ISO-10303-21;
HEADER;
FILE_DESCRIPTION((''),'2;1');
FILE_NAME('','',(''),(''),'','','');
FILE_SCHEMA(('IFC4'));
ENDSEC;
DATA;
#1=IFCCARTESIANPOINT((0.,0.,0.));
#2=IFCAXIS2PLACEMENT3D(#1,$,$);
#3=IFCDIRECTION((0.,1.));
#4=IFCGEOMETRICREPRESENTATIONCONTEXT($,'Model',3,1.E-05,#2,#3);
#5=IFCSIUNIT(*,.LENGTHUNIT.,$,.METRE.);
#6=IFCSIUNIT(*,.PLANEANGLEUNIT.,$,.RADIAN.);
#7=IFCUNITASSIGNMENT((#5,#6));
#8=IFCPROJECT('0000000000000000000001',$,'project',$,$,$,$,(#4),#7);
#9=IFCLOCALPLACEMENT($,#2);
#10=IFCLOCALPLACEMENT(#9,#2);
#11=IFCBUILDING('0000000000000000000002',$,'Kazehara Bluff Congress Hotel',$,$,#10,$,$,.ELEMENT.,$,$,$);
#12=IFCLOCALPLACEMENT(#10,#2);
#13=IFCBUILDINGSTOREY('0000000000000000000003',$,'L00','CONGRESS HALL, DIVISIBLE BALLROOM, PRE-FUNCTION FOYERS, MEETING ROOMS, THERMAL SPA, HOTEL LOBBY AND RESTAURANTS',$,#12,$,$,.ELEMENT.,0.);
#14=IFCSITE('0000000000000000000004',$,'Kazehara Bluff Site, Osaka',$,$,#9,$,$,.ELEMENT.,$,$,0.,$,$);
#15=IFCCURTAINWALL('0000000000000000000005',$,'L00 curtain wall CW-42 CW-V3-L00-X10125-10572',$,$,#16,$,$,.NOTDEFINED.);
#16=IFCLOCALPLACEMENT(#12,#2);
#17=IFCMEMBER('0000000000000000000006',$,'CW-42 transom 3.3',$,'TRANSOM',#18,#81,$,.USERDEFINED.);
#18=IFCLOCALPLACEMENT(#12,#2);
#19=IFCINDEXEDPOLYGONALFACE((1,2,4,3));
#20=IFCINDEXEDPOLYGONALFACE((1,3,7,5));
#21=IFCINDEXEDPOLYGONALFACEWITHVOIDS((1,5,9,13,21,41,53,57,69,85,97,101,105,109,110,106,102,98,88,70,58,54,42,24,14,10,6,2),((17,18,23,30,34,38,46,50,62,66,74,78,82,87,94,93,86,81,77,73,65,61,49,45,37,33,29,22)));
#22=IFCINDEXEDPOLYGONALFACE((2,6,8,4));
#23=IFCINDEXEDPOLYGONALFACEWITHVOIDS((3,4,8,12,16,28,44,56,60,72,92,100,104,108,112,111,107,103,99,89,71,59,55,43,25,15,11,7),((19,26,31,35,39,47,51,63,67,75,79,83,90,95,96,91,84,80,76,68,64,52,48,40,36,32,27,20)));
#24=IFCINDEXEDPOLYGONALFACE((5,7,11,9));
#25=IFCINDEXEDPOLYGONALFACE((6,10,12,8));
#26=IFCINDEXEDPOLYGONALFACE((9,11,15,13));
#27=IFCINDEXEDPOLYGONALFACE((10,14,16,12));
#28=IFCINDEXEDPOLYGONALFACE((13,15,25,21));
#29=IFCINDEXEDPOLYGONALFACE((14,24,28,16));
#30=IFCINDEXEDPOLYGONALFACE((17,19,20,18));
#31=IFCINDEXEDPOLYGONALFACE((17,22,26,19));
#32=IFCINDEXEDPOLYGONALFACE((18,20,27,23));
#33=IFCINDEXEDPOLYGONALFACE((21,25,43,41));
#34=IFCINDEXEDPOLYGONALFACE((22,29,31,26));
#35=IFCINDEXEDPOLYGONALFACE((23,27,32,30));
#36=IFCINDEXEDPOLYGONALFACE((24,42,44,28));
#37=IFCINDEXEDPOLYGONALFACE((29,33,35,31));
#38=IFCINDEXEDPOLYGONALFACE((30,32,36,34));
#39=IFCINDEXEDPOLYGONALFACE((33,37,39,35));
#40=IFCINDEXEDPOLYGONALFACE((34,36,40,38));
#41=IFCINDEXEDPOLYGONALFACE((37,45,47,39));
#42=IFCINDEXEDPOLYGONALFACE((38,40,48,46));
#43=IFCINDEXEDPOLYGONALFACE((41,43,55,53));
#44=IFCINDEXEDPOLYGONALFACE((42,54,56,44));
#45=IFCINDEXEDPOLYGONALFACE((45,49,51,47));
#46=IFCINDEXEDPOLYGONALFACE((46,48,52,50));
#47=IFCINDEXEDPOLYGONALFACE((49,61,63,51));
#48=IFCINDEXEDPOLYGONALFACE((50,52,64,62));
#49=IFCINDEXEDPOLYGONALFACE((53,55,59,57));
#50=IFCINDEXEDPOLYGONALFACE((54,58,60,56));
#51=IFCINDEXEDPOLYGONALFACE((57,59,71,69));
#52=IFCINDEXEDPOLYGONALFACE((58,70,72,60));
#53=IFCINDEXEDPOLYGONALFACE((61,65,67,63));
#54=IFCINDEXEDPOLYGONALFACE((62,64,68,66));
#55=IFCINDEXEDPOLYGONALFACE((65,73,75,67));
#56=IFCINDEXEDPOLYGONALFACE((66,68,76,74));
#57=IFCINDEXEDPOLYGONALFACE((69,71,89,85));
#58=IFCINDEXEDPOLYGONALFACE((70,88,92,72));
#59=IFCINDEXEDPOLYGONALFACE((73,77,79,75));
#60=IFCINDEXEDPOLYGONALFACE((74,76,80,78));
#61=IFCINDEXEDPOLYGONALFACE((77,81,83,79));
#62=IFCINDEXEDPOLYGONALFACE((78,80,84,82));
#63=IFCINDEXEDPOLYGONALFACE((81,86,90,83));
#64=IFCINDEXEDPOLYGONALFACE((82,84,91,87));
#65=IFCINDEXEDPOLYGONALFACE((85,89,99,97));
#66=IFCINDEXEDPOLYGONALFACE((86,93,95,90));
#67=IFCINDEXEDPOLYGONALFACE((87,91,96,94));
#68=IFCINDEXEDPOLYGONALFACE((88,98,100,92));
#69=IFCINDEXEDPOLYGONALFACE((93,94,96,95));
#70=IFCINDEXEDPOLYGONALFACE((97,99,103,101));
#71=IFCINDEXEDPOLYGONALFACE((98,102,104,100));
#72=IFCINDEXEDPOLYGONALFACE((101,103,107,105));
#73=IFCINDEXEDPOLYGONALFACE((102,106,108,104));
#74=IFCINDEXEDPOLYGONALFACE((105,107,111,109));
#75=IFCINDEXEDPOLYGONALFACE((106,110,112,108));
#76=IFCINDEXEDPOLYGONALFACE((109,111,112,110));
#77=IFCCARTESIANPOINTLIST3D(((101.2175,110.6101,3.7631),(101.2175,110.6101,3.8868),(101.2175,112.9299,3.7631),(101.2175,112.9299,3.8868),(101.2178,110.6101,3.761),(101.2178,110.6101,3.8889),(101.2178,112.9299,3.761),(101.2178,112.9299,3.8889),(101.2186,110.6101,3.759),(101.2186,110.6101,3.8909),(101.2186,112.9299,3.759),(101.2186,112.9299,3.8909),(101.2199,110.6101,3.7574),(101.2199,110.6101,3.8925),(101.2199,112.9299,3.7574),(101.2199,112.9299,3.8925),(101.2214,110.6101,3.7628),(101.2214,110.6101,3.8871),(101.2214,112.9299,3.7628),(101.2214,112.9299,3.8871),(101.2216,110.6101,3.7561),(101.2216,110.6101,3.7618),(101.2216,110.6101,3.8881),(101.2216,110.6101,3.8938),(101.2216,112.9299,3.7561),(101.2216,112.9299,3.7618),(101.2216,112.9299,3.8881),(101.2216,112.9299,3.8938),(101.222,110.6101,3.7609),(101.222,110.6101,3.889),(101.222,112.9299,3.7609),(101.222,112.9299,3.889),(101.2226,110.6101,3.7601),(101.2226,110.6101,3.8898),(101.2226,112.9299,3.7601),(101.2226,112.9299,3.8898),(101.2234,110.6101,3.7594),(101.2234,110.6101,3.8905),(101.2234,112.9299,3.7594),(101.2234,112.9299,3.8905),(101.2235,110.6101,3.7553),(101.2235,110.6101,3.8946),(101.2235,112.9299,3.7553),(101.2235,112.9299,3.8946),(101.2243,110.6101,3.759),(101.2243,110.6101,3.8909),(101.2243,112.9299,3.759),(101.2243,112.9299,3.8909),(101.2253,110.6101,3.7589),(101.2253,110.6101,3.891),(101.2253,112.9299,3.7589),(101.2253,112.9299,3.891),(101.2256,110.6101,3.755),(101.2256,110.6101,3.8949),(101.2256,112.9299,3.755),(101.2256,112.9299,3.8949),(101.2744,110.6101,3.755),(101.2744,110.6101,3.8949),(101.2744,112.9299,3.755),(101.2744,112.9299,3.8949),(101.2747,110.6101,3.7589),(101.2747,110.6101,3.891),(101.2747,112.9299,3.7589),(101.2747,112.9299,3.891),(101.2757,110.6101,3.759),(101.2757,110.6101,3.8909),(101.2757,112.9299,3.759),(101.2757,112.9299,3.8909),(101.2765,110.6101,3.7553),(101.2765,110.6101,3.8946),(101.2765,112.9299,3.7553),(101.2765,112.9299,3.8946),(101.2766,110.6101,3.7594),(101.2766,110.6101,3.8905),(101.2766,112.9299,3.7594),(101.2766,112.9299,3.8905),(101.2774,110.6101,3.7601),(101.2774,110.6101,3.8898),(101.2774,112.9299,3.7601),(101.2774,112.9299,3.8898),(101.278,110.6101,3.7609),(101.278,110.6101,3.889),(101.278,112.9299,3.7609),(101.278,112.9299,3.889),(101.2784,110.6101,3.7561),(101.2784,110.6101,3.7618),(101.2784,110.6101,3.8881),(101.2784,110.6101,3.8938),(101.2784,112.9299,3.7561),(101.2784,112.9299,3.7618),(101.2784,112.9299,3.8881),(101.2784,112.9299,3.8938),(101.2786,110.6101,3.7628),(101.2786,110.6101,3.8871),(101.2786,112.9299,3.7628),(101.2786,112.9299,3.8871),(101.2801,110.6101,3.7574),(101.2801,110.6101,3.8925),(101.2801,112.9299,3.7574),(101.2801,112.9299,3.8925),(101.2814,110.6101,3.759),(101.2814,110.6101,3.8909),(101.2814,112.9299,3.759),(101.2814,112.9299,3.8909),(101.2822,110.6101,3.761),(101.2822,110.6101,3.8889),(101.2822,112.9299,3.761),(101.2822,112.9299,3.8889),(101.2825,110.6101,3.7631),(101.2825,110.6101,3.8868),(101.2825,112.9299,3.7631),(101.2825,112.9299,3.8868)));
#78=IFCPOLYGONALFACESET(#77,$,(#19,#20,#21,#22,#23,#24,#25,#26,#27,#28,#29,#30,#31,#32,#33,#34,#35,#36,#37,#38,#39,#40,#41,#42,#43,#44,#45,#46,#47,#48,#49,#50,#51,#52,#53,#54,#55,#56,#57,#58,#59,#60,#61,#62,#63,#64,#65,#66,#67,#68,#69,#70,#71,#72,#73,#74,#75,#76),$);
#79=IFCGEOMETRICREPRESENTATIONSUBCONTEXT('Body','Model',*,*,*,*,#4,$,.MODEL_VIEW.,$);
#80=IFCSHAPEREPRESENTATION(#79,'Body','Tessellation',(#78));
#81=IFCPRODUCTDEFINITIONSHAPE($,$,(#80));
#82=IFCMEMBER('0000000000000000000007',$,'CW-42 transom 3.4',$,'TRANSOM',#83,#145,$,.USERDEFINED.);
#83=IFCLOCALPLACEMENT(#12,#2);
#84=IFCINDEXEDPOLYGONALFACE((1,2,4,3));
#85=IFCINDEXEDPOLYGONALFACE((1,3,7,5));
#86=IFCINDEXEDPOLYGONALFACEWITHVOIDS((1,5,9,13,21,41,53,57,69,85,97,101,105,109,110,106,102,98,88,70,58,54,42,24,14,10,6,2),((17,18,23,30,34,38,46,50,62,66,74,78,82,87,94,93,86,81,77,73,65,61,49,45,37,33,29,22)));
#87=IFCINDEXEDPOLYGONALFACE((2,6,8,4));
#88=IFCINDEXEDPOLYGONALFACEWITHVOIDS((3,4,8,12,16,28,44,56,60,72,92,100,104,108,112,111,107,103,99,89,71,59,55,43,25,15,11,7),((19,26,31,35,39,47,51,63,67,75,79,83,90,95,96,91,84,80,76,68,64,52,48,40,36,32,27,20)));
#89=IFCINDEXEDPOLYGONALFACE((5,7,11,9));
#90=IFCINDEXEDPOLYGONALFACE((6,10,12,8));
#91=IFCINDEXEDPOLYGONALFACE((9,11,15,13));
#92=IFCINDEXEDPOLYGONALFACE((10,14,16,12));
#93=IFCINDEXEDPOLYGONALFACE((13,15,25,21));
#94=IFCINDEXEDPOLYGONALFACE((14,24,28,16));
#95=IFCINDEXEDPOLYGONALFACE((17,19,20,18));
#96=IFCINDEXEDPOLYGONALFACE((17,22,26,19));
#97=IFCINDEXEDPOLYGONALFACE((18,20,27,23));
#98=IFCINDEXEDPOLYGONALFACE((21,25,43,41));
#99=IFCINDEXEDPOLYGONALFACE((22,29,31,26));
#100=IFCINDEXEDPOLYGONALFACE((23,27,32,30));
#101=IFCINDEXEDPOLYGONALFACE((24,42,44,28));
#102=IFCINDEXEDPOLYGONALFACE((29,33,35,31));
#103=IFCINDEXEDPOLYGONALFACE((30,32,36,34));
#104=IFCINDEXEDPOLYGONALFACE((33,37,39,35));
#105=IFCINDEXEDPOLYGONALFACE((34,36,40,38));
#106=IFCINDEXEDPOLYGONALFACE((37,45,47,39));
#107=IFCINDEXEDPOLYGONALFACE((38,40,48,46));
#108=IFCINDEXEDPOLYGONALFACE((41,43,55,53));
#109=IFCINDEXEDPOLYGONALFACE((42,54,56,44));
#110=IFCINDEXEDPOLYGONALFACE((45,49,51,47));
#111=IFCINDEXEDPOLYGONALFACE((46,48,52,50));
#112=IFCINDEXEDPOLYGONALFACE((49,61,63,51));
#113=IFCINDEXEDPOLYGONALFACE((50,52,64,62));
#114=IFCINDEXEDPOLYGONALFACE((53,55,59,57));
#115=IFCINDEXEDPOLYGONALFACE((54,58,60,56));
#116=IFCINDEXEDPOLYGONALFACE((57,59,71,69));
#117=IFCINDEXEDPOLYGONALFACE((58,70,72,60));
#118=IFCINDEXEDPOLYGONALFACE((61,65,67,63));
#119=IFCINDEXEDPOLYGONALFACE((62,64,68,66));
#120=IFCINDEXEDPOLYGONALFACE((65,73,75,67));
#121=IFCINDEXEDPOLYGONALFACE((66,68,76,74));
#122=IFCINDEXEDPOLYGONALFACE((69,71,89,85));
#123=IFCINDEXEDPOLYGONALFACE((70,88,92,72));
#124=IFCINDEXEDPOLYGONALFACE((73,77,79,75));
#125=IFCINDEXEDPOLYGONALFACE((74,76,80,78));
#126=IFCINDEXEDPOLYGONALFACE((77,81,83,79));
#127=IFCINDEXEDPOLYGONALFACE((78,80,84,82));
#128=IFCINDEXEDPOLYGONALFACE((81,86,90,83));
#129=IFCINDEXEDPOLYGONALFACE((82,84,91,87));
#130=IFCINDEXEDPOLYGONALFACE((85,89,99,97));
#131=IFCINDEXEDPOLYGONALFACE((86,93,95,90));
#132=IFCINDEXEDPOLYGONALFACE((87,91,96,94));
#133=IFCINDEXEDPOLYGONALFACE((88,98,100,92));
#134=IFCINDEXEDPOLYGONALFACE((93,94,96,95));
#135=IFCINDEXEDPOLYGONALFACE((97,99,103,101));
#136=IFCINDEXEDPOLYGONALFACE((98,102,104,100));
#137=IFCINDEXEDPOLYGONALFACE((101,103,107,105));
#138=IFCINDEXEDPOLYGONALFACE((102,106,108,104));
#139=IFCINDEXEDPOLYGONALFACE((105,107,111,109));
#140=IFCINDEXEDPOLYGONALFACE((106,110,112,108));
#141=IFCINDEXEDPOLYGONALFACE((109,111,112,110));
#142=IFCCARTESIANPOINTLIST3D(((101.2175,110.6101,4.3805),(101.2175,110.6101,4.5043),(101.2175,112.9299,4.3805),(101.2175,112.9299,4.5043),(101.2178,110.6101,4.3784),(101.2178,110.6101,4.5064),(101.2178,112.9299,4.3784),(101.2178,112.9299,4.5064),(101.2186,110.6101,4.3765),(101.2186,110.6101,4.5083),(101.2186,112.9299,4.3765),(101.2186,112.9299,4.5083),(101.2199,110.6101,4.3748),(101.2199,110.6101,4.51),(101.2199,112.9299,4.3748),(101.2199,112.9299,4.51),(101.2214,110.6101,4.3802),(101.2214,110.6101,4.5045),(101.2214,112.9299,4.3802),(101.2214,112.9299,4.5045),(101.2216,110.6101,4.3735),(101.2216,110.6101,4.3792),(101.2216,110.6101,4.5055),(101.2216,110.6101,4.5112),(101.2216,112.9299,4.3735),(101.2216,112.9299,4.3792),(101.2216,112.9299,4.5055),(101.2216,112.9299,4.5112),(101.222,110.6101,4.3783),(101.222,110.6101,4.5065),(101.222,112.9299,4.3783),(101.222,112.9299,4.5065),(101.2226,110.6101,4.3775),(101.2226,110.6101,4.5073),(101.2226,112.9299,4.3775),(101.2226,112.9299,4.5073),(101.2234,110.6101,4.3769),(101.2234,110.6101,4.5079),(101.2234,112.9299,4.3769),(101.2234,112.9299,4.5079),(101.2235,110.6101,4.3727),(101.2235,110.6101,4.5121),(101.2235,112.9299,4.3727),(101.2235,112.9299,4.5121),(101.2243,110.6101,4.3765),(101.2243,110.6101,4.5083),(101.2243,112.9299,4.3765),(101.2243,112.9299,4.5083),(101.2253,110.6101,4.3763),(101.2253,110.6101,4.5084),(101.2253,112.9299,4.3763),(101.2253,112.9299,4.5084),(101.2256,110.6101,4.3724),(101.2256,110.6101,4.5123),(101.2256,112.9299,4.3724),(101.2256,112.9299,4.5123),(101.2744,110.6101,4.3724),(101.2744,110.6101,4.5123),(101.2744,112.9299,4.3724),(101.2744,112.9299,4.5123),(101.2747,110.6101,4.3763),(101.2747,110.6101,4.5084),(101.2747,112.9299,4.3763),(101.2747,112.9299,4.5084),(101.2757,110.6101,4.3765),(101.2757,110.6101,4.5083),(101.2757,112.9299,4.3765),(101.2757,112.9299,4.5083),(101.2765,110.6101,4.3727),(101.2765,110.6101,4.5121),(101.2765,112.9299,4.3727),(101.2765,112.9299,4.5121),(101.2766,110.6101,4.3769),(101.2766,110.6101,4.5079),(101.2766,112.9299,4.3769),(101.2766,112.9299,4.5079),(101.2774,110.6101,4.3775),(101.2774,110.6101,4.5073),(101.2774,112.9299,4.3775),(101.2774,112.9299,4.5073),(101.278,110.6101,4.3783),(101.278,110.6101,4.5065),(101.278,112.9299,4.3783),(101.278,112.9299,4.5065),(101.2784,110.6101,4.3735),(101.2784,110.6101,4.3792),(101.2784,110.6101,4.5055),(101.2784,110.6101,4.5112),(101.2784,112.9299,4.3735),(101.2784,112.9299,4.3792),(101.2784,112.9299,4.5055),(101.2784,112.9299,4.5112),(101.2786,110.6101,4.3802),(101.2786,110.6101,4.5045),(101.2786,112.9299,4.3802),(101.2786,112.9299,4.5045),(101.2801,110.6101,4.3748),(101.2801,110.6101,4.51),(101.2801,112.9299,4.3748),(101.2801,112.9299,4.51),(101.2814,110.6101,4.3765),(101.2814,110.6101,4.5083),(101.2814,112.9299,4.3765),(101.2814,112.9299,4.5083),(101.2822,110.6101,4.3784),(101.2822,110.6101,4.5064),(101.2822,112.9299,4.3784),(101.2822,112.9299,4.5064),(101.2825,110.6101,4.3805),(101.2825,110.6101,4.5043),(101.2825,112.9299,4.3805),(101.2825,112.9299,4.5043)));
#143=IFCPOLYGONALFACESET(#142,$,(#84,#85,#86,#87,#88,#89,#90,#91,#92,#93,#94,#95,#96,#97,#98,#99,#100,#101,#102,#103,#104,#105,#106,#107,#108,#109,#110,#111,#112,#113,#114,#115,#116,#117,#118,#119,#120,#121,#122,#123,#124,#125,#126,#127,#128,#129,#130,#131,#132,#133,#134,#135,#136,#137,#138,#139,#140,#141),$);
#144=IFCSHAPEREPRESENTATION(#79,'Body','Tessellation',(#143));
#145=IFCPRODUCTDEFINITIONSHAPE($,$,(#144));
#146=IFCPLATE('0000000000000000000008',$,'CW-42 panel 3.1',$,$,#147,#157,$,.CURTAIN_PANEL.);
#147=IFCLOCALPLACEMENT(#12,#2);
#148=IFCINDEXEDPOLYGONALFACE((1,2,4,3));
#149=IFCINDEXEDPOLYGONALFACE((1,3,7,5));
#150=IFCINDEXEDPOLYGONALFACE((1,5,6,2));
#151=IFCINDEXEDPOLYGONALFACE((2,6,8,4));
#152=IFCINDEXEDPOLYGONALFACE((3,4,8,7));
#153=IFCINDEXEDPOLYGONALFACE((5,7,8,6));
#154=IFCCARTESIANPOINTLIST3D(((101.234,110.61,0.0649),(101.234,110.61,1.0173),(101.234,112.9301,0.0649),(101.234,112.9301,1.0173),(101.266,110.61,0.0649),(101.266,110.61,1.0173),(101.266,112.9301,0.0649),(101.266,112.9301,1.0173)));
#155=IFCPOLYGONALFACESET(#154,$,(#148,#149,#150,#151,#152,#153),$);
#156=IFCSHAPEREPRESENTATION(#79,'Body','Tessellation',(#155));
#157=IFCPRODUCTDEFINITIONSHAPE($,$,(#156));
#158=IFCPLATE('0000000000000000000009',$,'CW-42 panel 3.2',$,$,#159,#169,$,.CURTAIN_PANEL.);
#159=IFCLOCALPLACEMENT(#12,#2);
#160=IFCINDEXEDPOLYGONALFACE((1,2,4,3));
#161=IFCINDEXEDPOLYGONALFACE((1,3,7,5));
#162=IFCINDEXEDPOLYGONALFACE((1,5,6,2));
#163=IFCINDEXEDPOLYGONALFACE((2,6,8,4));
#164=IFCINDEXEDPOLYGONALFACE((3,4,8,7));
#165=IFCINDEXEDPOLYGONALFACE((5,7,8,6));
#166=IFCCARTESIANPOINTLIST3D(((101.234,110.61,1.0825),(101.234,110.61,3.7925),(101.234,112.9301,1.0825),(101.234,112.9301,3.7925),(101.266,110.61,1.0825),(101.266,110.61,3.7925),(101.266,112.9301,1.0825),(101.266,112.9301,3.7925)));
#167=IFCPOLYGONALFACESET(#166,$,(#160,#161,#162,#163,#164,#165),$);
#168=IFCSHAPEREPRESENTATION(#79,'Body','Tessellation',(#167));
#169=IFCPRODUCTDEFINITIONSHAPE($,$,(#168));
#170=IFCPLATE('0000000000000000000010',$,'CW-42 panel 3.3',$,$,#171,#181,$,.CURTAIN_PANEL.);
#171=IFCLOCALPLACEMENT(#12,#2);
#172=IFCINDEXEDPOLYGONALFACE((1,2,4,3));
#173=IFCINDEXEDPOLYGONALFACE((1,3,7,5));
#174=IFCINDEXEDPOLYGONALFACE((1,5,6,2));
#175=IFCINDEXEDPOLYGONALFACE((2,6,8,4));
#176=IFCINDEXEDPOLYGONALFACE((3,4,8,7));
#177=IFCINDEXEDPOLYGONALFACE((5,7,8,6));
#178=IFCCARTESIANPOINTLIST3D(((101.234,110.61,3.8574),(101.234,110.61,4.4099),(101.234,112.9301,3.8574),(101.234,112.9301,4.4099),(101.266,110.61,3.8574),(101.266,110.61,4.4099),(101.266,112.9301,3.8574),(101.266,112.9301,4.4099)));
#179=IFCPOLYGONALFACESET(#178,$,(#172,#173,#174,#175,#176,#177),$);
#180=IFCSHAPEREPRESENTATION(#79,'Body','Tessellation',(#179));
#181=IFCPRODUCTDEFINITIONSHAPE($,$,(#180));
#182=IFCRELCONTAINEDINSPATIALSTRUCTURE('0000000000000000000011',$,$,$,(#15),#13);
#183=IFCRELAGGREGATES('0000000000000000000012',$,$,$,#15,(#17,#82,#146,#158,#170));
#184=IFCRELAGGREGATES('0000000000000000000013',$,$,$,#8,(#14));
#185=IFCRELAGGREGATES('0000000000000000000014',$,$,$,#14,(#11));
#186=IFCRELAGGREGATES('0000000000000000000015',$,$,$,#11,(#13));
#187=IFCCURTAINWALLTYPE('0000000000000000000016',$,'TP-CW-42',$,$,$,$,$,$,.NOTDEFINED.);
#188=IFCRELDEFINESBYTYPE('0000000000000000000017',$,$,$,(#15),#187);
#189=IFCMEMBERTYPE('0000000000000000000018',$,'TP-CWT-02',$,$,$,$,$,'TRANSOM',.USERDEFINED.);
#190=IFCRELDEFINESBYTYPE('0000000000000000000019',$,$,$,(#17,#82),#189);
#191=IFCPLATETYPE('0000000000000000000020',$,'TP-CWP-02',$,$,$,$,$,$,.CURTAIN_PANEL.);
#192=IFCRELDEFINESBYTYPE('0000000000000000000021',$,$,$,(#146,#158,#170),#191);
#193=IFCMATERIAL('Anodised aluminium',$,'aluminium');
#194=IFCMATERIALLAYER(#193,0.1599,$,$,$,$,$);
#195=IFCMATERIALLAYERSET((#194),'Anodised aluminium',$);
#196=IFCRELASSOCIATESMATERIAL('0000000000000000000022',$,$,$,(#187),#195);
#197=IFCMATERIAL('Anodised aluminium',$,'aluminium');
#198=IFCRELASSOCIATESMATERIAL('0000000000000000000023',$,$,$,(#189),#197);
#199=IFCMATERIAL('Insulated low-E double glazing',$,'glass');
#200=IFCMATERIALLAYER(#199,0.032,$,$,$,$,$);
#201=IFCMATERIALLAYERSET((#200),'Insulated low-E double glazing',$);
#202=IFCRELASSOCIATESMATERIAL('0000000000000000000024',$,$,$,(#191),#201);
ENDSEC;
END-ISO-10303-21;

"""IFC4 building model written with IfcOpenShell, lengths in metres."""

from ifc_helpers import new_model, si_unit, direction, frame, origin, origin_2d, place, context, subcontext, project, spatial, rectangle, hollow_rectangle, extrude, material, layer, layer_set, material_profile, profile_set, type_object, element, aggregate, save


model = new_model("IFC4")

# Units and contexts
model_context = context("Model", 3, precision=1e-05, world=origin(), true_north=direction((0.0, 1.0)))
body_context = subcontext(model_context, "Body", "Model", "MODEL_VIEW")
ifc_project = project(units=[si_unit("LENGTHUNIT", "METRE"), si_unit("PLANEANGLEUNIT", "RADIAN")], contexts=[model_context])

# Site, building, storey
site_placement = place(None, origin())
site = spatial("IfcSite", under=ifc_project, at=site_placement, Name="Kazehara Bluff Site, Osaka", CompositionType="ELEMENT", RefElevation=0.0)
building_placement = place(site_placement, origin())
building = spatial("IfcBuilding", under=site, at=building_placement, Name="Kazehara Bluff Congress Hotel", CompositionType="ELEMENT")
storey_placement = place(building_placement, origin())
storey = spatial("IfcBuildingStorey", under=building, at=storey_placement, Name="L00", Description="CONGRESS HALL, DIVISIBLE BALLROOM, PRE-FUNCTION FOYERS, MEETING ROOMS, THERMAL SPA, HOTEL LOBBY AND RESTAURANTS", CompositionType="ELEMENT", Elevation=0.0)

# Curtain wall, members, plates
ifc_material_1 = material(Name="Anodised aluminium", Category="aluminium")
ifc_layer_1 = layer(ifc_material_1, 0.1599)
ifc_layer_set_1 = layer_set([ifc_layer_1], Name="Anodised aluminium")
curtain_wall_type = type_object("IfcCurtainWallType", Name="TP-CW-42", PredefinedType="NOTDEFINED", material=ifc_layer_set_1)
curtain_wall_placement = place(storey_placement, origin())
curtain_wall = element("IfcCurtainWall", 1, at=curtain_wall_placement, inside=storey, type_object=curtain_wall_type, Name="L00 curtain wall CW-42 CW-V3-L00-X10125-10572", PredefinedType="NOTDEFINED")
ifc_material_2 = material(Name="Anodised aluminium", Category="aluminium")
ifc_material_profile_1 = material_profile(ifc_material_2, hollow_rectangle(XDim=0.0649, YDim=0.1399, WallThickness=0.0039, InnerFilletRadius=0.0039, OuterFilletRadius=0.0081, at=origin_2d()))
ifc_profile_set_1 = profile_set([ifc_material_profile_1], Name="Anodised aluminium")
member_type_1 = type_object("IfcMemberType", Name="TP-CWT-02", ElementType="TRANSOM", PredefinedType="USERDEFINED", material=ifc_profile_set_1)
member_1_placement = place(storey_placement, frame((101.25, 110.6101, 3.825), z_axis=(0.0, 1.0, 0.0), x_axis=(-1.0, 0.0, 0.0)))
member_1 = element("IfcMember", 2, at=member_1_placement, type_object=member_type_1, Name="CW-42 transom 3.3", ObjectType="TRANSOM", PredefinedType="USERDEFINED", context=body_context, shape_type="SweptSolid", body=[
    extrude(hollow_rectangle(XDim=0.0649, YDim=0.1399, WallThickness=0.0039, InnerFilletRadius=0.0039, OuterFilletRadius=0.0081, at=origin_2d()), origin(), (0.0, 0.0, 1.0), 2.3198),
])
member_2_placement = place(storey_placement, frame((101.25, 110.6101, 4.4424), z_axis=(0.0, 1.0, 0.0), x_axis=(-1.0, 0.0, 0.0)))
member_2 = element("IfcMember", 3, at=member_2_placement, type_object=member_type_1, Name="CW-42 transom 3.4", ObjectType="TRANSOM", PredefinedType="USERDEFINED", context=body_context, shape_type="SweptSolid", body=[
    extrude(hollow_rectangle(XDim=0.0649, YDim=0.1399, WallThickness=0.0039, InnerFilletRadius=0.0039, OuterFilletRadius=0.0081, at=origin_2d()), origin(), (0.0, 0.0, 1.0), 2.3198),
])
ifc_material_3 = material(Name="Insulated low-E double glazing", Category="glass")
ifc_layer_2 = layer(ifc_material_3, 0.032)
ifc_layer_set_2 = layer_set([ifc_layer_2], Name="Insulated low-E double glazing")
plate_type = type_object("IfcPlateType", Name="TP-CWP-02", PredefinedType="CURTAIN_PANEL", material=ifc_layer_set_2)
plate_1_placement = place(storey_placement, frame((101.25, 111.77, 0.0649), z_axis=(0.0, 0.0, 1.0), x_axis=(0.0, 1.0, 0.0)))
plate_1 = element("IfcPlate", 4, at=plate_1_placement, type_object=plate_type, Name="CW-42 panel 3.1", PredefinedType="CURTAIN_PANEL", context=body_context, shape_type="SweptSolid", body=[
    extrude(rectangle(XDim=2.3201, YDim=0.032, at=origin_2d()), origin(), (0.0, 0.0, 1.0), 0.9524),
])
plate_2_placement = place(storey_placement, frame((101.25, 111.77, 1.0825), z_axis=(0.0, 0.0, 1.0), x_axis=(0.0, 1.0, 0.0)))
plate_2 = element("IfcPlate", 5, at=plate_2_placement, type_object=plate_type, Name="CW-42 panel 3.2", PredefinedType="CURTAIN_PANEL", context=body_context, shape_type="SweptSolid", body=[
    extrude(rectangle(XDim=2.3201, YDim=0.032, at=origin_2d()), origin(), (0.0, 0.0, 1.0), 2.71),
])
plate_3_placement = place(storey_placement, frame((101.25, 111.77, 3.8574), z_axis=(0.0, 0.0, 1.0), x_axis=(0.0, 1.0, 0.0)))
plate_3 = element("IfcPlate", 6, at=plate_3_placement, type_object=plate_type, Name="CW-42 panel 3.3", PredefinedType="CURTAIN_PANEL", context=body_context, shape_type="SweptSolid", body=[
    extrude(rectangle(XDim=2.3201, YDim=0.032, at=origin_2d()), origin(), (0.0, 0.0, 1.0), 0.5525),
])
aggregate(curtain_wall, [member_1, member_2, plate_1, plate_2, plate_3])

save(model, "model.ifc")
